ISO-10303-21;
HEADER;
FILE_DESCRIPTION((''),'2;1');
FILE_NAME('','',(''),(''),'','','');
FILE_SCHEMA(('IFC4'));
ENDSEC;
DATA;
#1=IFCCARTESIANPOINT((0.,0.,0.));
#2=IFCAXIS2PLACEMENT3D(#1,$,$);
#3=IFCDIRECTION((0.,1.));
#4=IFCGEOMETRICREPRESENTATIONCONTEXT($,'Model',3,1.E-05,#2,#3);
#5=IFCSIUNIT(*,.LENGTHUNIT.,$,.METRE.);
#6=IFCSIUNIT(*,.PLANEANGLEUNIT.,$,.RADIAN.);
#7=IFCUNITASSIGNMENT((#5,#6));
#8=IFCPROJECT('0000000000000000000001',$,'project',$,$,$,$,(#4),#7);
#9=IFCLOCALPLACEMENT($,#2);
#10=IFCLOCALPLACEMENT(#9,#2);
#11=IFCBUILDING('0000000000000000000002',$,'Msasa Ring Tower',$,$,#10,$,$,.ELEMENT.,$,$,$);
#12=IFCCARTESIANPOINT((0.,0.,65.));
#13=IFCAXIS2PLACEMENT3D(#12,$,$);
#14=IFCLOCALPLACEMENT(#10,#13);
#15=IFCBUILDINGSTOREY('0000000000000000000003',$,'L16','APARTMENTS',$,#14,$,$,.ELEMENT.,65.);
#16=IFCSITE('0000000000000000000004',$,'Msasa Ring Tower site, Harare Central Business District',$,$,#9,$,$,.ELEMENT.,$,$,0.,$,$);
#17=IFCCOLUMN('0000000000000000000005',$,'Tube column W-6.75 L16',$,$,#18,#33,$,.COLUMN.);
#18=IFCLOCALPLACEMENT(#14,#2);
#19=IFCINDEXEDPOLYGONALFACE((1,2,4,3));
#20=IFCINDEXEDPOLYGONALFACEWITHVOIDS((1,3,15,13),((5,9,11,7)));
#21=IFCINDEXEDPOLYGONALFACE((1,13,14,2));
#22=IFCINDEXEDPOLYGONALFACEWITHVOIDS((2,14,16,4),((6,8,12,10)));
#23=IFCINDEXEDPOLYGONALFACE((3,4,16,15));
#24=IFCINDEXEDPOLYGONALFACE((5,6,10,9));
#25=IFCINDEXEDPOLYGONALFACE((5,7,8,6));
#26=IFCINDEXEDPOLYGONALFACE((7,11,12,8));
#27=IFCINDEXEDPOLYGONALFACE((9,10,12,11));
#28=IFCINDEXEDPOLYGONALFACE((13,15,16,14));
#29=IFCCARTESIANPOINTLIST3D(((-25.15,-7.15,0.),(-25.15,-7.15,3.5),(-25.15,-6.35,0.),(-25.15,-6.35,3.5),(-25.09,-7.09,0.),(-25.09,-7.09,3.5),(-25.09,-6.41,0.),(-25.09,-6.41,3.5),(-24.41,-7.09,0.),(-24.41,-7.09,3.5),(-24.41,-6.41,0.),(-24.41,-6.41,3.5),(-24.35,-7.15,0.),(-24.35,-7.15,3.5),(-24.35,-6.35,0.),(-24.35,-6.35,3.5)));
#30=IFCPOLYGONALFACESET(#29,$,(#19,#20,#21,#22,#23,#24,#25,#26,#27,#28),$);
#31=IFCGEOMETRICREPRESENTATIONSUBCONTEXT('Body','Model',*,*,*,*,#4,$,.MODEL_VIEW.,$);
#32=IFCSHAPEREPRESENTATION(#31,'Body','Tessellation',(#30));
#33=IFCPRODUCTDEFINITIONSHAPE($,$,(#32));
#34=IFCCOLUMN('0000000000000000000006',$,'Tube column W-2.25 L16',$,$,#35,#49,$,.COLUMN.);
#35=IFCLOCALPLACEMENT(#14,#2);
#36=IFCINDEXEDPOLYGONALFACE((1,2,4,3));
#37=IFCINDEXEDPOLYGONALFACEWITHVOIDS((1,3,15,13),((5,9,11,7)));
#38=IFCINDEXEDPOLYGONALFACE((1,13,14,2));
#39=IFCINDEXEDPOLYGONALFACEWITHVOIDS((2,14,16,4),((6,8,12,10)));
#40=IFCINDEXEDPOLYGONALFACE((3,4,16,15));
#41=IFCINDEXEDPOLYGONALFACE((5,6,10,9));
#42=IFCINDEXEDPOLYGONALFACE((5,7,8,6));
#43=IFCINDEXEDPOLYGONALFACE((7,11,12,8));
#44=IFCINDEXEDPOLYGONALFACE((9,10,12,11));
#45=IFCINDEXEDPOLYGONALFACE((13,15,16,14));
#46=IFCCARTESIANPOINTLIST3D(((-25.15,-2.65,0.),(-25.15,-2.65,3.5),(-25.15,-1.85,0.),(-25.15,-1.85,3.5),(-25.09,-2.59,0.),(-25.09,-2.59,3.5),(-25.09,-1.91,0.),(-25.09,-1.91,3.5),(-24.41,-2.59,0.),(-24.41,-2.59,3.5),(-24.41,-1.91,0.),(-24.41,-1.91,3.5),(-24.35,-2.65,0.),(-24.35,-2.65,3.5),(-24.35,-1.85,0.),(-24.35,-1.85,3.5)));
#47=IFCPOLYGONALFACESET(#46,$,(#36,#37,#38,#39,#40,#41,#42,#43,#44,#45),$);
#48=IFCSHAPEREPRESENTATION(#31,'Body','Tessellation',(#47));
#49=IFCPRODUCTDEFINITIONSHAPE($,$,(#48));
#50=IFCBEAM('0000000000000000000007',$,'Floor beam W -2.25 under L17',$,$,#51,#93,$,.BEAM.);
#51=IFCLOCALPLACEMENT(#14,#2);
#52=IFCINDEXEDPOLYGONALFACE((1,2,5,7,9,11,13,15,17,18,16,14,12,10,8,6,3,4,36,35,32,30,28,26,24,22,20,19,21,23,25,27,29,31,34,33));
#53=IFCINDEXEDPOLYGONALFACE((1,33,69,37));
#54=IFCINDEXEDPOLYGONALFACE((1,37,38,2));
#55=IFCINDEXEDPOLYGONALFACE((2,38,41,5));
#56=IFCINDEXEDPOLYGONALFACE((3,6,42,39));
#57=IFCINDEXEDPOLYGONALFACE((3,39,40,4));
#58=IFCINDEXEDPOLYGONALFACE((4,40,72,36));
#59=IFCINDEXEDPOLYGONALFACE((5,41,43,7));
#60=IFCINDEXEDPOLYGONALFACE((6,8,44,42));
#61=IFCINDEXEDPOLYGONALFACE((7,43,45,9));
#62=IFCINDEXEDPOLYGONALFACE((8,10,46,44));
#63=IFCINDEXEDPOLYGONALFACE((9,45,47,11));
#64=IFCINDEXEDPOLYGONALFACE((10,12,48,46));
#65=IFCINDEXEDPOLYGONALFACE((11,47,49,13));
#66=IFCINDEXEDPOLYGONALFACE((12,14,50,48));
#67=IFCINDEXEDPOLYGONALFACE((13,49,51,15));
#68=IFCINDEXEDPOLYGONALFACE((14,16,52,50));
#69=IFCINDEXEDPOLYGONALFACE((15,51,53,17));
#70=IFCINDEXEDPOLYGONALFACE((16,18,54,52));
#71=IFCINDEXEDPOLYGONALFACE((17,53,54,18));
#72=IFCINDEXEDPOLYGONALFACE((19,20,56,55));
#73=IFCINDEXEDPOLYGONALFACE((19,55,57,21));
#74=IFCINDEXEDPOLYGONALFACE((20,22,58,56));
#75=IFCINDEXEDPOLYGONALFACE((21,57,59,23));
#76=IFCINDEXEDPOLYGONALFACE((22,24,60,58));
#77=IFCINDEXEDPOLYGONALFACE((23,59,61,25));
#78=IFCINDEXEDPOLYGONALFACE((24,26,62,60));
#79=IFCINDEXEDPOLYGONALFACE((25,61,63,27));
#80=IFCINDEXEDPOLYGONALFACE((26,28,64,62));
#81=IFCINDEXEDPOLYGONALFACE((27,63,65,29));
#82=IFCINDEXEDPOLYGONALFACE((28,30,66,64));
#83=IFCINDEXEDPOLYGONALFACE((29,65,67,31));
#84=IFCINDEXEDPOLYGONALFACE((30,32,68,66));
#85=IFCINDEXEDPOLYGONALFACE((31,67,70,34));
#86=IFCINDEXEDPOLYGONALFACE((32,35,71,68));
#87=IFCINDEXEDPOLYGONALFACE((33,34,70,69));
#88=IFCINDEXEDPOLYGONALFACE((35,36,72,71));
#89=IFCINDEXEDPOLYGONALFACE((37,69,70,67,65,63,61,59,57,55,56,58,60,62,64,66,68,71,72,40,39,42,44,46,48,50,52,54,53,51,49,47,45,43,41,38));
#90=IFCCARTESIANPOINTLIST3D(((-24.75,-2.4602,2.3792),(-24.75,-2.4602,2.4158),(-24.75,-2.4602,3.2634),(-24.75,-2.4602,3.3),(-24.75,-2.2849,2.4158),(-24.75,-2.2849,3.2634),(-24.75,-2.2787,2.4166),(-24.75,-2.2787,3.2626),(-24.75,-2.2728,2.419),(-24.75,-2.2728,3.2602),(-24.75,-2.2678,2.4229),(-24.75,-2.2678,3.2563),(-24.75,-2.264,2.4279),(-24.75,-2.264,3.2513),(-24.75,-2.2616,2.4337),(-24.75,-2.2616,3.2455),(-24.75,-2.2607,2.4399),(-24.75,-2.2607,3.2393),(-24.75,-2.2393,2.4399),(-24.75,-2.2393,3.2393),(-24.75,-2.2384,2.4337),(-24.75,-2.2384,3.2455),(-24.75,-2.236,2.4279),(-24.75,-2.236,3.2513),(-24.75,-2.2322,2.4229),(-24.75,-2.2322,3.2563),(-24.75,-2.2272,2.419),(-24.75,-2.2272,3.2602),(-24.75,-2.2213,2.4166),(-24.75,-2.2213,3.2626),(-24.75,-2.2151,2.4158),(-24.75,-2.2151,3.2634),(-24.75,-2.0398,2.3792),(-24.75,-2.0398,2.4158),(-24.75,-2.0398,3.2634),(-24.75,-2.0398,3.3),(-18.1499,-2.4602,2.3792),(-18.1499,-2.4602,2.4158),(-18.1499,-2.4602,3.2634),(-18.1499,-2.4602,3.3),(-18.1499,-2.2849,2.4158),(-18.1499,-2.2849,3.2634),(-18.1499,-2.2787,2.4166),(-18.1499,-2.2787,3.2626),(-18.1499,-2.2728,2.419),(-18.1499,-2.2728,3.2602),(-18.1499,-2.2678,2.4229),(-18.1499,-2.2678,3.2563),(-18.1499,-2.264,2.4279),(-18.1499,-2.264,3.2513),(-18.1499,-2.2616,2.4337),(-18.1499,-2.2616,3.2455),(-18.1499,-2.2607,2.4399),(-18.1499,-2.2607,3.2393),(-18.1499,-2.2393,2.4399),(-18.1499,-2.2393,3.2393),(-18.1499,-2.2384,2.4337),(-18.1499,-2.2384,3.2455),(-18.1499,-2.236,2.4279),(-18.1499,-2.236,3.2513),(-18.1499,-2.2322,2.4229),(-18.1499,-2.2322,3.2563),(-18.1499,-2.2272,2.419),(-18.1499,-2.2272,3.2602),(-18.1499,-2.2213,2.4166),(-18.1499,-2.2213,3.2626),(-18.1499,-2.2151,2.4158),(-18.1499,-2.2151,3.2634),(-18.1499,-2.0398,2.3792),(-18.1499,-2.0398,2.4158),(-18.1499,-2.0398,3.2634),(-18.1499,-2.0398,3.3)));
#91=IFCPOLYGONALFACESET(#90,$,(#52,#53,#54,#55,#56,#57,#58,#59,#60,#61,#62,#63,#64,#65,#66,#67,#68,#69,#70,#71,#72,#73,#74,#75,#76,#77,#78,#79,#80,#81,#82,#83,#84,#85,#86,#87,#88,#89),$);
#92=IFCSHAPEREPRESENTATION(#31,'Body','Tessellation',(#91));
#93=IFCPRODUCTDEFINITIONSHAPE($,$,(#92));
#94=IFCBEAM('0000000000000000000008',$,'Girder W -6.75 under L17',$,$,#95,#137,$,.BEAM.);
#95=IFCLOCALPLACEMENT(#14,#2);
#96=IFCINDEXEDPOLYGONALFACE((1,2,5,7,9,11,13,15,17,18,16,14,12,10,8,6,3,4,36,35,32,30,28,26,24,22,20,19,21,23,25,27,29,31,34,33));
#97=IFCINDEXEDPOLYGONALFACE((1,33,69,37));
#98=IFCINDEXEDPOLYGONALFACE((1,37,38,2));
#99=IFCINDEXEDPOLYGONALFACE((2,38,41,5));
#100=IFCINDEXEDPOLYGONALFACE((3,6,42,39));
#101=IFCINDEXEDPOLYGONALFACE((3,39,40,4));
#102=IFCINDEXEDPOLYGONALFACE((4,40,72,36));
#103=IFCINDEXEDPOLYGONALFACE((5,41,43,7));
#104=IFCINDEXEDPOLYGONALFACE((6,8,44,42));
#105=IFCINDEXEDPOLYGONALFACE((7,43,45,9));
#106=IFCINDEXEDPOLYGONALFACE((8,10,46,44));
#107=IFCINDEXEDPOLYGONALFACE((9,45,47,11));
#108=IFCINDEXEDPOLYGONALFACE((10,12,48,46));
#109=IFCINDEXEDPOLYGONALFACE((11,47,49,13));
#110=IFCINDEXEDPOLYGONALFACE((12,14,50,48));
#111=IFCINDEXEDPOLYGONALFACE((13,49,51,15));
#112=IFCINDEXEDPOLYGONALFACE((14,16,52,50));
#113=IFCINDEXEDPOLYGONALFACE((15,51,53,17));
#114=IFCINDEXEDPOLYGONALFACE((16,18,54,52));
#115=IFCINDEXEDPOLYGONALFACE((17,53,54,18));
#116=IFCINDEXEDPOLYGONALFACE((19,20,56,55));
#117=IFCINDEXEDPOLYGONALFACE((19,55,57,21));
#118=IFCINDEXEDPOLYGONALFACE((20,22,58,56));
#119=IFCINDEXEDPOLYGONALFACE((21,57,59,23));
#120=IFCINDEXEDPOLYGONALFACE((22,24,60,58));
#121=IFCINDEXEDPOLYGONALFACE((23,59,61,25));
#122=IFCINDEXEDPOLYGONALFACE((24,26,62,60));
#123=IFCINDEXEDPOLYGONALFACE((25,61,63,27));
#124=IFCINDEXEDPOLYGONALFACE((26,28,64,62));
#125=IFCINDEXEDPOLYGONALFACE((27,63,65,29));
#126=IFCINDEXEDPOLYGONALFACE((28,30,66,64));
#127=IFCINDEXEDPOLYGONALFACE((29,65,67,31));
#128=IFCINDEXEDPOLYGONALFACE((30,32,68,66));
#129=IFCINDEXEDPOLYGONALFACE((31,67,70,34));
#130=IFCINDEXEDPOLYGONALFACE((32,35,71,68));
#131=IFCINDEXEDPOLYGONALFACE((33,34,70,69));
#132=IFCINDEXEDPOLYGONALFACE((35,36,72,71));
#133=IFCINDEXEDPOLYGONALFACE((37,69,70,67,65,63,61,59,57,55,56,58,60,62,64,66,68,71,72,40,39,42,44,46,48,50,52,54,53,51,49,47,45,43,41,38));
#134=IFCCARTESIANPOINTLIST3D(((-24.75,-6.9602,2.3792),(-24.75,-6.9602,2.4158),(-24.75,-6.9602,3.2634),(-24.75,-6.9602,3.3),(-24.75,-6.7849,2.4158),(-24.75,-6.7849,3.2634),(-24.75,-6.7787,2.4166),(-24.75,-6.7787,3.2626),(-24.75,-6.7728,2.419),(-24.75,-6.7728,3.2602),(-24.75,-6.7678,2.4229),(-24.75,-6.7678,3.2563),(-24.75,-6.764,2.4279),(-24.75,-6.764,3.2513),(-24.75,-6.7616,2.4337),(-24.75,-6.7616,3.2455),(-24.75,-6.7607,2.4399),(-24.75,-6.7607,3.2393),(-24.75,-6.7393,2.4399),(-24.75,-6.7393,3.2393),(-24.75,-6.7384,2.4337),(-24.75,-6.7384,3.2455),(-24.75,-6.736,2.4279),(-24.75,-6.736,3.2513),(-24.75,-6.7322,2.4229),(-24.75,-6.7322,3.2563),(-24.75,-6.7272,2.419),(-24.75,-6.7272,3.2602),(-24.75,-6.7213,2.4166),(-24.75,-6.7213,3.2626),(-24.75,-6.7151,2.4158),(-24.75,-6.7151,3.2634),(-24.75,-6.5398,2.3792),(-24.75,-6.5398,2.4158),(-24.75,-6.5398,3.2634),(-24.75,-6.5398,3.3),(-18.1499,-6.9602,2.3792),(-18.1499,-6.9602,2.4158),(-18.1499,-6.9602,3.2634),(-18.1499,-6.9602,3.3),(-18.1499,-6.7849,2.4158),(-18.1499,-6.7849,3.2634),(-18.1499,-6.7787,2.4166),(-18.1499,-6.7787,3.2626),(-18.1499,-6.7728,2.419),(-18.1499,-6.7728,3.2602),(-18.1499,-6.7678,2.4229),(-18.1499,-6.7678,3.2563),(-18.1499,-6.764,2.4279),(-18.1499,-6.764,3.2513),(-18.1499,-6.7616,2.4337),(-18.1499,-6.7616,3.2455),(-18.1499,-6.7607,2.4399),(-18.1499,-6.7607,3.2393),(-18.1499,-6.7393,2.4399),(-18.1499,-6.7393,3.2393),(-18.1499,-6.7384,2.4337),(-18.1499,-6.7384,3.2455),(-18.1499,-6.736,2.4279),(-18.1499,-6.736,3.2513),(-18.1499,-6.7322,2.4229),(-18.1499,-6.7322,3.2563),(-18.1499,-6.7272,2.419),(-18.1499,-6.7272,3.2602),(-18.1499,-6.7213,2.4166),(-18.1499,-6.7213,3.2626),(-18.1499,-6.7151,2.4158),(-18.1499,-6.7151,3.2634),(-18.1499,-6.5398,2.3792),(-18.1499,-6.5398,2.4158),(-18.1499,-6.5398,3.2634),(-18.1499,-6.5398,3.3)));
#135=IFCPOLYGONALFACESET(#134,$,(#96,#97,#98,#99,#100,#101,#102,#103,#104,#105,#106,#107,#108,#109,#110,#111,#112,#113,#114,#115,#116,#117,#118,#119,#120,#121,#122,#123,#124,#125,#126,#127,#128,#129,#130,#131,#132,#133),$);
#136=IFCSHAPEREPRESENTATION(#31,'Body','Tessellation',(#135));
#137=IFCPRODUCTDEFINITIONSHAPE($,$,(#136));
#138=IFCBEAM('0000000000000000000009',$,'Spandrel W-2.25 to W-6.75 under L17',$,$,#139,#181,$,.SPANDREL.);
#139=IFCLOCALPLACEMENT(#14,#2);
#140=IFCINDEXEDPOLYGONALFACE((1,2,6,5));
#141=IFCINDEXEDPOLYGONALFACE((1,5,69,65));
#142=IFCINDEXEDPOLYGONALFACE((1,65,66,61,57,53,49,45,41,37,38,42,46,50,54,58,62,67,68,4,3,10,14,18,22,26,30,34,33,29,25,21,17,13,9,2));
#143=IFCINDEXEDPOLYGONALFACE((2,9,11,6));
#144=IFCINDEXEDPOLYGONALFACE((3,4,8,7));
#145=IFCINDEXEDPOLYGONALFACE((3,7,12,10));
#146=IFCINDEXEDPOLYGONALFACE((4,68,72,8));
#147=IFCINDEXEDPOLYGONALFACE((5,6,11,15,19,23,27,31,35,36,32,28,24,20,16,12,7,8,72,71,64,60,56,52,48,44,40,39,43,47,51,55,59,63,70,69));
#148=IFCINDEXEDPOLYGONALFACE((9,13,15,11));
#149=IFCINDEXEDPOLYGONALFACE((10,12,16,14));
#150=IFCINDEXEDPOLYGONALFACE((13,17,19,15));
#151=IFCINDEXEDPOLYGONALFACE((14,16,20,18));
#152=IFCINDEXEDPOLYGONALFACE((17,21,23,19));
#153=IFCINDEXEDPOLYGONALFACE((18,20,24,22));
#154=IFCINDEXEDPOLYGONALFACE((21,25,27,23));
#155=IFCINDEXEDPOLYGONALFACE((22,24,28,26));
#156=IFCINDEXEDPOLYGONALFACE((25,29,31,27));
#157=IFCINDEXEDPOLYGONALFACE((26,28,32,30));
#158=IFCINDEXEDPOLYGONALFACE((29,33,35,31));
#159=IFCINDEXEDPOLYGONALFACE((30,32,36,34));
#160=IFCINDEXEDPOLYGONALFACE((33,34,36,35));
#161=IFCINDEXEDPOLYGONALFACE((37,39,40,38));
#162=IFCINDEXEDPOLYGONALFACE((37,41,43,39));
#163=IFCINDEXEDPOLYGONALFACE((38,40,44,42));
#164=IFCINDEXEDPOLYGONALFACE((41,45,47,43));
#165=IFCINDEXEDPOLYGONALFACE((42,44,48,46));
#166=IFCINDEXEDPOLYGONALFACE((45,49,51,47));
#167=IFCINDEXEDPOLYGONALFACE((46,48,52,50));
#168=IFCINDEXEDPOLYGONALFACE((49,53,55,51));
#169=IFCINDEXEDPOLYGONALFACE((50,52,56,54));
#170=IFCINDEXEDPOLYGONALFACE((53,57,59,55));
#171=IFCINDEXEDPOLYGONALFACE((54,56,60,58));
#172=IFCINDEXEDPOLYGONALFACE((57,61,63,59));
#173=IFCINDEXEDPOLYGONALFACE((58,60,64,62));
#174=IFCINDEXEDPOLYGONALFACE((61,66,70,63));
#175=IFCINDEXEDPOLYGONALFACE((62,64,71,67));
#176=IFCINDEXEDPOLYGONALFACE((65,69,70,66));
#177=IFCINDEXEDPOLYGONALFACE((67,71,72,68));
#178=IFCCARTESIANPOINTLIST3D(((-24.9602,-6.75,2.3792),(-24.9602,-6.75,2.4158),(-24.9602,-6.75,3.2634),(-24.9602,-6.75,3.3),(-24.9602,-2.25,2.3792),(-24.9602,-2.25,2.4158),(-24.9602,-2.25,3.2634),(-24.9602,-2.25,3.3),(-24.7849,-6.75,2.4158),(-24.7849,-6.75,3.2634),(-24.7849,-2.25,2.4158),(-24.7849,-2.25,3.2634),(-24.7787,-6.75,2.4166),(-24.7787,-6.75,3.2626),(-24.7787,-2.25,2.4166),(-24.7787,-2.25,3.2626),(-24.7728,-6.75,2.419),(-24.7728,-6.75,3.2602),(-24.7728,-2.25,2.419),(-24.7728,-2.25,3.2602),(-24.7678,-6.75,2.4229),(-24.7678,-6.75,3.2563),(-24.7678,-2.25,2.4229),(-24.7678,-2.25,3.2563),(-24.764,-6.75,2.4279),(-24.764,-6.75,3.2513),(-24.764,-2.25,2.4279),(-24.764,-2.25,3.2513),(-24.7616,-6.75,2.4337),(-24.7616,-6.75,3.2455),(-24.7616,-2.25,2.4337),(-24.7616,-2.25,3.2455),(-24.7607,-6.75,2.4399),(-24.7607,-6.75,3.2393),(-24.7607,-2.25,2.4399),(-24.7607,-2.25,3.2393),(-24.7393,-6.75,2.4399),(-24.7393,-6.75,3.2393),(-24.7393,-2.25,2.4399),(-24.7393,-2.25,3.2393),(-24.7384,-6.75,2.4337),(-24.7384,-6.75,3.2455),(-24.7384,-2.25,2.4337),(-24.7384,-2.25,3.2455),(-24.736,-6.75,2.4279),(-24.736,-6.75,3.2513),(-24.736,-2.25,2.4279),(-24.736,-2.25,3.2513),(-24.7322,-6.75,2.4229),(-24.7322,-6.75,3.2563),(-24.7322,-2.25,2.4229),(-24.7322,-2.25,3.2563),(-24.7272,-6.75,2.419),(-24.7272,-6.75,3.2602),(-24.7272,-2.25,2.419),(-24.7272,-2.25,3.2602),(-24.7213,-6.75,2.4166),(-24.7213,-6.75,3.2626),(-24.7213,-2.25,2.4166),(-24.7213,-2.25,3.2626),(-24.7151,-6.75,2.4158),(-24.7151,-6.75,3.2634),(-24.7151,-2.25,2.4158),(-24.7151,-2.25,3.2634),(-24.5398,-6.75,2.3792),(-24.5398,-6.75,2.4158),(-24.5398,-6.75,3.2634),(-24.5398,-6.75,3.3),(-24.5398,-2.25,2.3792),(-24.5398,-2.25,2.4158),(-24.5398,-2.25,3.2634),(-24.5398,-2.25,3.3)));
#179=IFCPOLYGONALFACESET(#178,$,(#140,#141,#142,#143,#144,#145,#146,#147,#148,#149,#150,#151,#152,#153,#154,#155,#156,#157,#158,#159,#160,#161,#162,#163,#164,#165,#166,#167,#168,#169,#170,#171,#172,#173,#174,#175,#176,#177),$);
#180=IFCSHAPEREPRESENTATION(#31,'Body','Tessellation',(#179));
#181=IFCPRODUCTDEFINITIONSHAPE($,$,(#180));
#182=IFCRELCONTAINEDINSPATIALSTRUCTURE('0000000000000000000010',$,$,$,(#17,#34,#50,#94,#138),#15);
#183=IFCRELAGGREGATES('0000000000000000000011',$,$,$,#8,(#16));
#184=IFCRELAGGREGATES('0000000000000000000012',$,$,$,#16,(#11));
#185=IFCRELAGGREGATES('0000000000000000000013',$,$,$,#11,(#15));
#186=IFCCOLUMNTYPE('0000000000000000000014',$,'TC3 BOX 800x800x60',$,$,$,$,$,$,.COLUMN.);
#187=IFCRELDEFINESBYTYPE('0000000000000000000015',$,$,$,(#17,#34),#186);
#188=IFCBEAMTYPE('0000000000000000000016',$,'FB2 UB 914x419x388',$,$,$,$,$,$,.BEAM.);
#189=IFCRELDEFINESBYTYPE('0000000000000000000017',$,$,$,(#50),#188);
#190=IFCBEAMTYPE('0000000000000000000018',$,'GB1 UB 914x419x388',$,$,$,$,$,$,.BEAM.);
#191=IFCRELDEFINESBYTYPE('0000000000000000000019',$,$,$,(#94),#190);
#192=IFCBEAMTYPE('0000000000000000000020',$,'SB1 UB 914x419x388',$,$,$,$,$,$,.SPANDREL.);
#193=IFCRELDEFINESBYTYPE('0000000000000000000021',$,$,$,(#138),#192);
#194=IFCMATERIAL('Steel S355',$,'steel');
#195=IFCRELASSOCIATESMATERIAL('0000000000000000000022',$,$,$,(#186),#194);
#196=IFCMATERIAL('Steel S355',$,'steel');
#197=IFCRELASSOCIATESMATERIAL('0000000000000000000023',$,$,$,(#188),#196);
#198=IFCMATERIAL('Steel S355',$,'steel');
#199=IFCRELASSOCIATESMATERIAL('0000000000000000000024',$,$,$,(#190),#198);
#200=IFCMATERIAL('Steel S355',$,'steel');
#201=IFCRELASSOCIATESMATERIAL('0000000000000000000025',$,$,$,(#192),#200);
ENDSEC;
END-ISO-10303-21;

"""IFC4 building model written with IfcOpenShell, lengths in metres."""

from ifc_helpers import new_model, si_unit, direction, frame, origin, origin_2d, place, context, subcontext, project, spatial, hollow_rectangle, i_section, extrude, material, material_profile, profile_set, type_object, element, save


model = new_model("IFC4")

# Units and contexts
model_context = context("Model", 3, precision=1e-05, world=origin(), true_north=direction((0.0, 1.0)))
body_context = subcontext(model_context, "Body", "Model", "MODEL_VIEW")
ifc_project = project(units=[si_unit("LENGTHUNIT", "METRE"), si_unit("PLANEANGLEUNIT", "RADIAN")], contexts=[model_context])

# Site, building, storey
site_placement = place(None, origin())
site = spatial("IfcSite", under=ifc_project, at=site_placement, Name="Msasa Ring Tower site, Harare Central Business District", CompositionType="ELEMENT", RefElevation=0.0)
building_placement = place(site_placement, origin())
building = spatial("IfcBuilding", under=site, at=building_placement, Name="Msasa Ring Tower", CompositionType="ELEMENT")
storey_placement = place(building_placement, frame((0.0, 0.0, 65.0)))
storey = spatial("IfcBuildingStorey", under=building, at=storey_placement, Name="L16", Description="APARTMENTS", CompositionType="ELEMENT", Elevation=65.0)

# Columns
ifc_material_1 = material(Name="Steel S355", Category="steel")
ifc_material_profile_1 = material_profile(ifc_material_1, hollow_rectangle(XDim=0.8, YDim=0.8, WallThickness=0.0601, at=origin_2d()), Name="BOX 800x800x60")
ifc_profile_set_1 = profile_set([ifc_material_profile_1], Name="Steel S355")
column_type = type_object("IfcColumnType", Name="TC3 BOX 800x800x60", PredefinedType="COLUMN", material=ifc_profile_set_1)
for number, where, z_axis, x_axis, name in (
    (1, (-24.75, -6.75, 0.0), (0.0, 0.0, 1.0), (1.0, 0.0, 0.0), "Tube column W-6.75 L16"),
    (2, (-24.75, -2.25, 0.0), (0.0, 0.0, 1.0), (1.0, 0.0, 0.0), "Tube column W-2.25 L16"),
):
    element("IfcColumn", number, at=place(storey_placement, frame(where, z_axis=z_axis, x_axis=x_axis)), inside=storey, type_object=column_type, Name=name, PredefinedType="COLUMN", context=body_context, shape_type="SweptSolid", body=[
        extrude(hollow_rectangle(XDim=0.8, YDim=0.8, WallThickness=0.0601, at=origin_2d()), origin(), (0.0, 0.0, 1.0), 3.5),
    ])

# Beams
ifc_material_2 = material(Name="Steel S355", Category="steel")
ifc_material_profile_2 = material_profile(ifc_material_2, i_section(OverallWidth=0.4204, OverallDepth=0.9209, WebThickness=0.0215, FlangeThickness=0.0366, FilletRadius=0.0242, at=origin_2d()), Name="UB 914x419x388")
ifc_profile_set_2 = profile_set([ifc_material_profile_2], Name="Steel S355")
beam_type_1 = type_object("IfcBeamType", Name="FB2 UB 914x419x388", PredefinedType="BEAM", material=ifc_profile_set_2)
beam_1_placement = place(storey_placement, frame((-24.75, -2.25, 2.8396), z_axis=(1.0, 0.0, 0.0), x_axis=(0.0, 1.0, 0.0)))
element("IfcBeam", 3, at=beam_1_placement, inside=storey, type_object=beam_type_1, Name="Floor beam W -2.25 under L17", PredefinedType="BEAM", context=body_context, shape_type="SweptSolid", body=[
    extrude(i_section(OverallWidth=0.4204, OverallDepth=0.9209, WebThickness=0.0215, FlangeThickness=0.0366, FilletRadius=0.0242, at=origin_2d()), origin(), (0.0, 0.0, 1.0), 6.6001),
])
ifc_material_3 = material(Name="Steel S355", Category="steel")
ifc_material_profile_3 = material_profile(ifc_material_3, i_section(OverallWidth=0.4204, OverallDepth=0.9209, WebThickness=0.0215, FlangeThickness=0.0366, FilletRadius=0.0242, at=origin_2d()), Name="UB 914x419x388")
ifc_profile_set_3 = profile_set([ifc_material_profile_3], Name="Steel S355")
beam_type_2 = type_object("IfcBeamType", Name="GB1 UB 914x419x388", PredefinedType="BEAM", material=ifc_profile_set_3)
beam_2_placement = place(storey_placement, frame((-18.1499, -6.75, 2.8396), z_axis=(-1.0, 0.0, 0.0), x_axis=(0.0, -1.0, 0.0)))
element("IfcBeam", 4, at=beam_2_placement, inside=storey, type_object=beam_type_2, Name="Girder W -6.75 under L17", PredefinedType="BEAM", context=body_context, shape_type="SweptSolid", body=[
    extrude(i_section(OverallWidth=0.4204, OverallDepth=0.9209, WebThickness=0.0215, FlangeThickness=0.0366, FilletRadius=0.0242, at=origin_2d()), origin(), (0.0, 0.0, 1.0), 6.6001),
])
ifc_material_4 = material(Name="Steel S355", Category="steel")
ifc_material_profile_4 = material_profile(ifc_material_4, i_section(OverallWidth=0.4204, OverallDepth=0.9209, WebThickness=0.0215, FlangeThickness=0.0366, FilletRadius=0.0242, at=origin_2d()), Name="UB 914x419x388")
ifc_profile_set_4 = profile_set([ifc_material_profile_4], Name="Steel S355")
beam_type_3 = type_object("IfcBeamType", Name="SB1 UB 914x419x388", PredefinedType="SPANDREL", material=ifc_profile_set_4)
for number, where, z_axis, x_axis, name in (
    (5, (-24.75, -2.25, 2.8396), (0.0, -1.0, 0.0), (1.0, 0.0, 0.0), "Spandrel W-2.25 to W-6.75 under L17"),
):
    element("IfcBeam", number, at=place(storey_placement, frame(where, z_axis=z_axis, x_axis=x_axis)), inside=storey, type_object=beam_type_3, Name=name, PredefinedType="SPANDREL", context=body_context, shape_type="SweptSolid", body=[
        extrude(i_section(OverallWidth=0.4204, OverallDepth=0.9209, WebThickness=0.0215, FlangeThickness=0.0366, FilletRadius=0.0242, at=origin_2d()), origin(), (0.0, 0.0, 1.0), 4.5),
    ])

save(model, "model.ifc")
